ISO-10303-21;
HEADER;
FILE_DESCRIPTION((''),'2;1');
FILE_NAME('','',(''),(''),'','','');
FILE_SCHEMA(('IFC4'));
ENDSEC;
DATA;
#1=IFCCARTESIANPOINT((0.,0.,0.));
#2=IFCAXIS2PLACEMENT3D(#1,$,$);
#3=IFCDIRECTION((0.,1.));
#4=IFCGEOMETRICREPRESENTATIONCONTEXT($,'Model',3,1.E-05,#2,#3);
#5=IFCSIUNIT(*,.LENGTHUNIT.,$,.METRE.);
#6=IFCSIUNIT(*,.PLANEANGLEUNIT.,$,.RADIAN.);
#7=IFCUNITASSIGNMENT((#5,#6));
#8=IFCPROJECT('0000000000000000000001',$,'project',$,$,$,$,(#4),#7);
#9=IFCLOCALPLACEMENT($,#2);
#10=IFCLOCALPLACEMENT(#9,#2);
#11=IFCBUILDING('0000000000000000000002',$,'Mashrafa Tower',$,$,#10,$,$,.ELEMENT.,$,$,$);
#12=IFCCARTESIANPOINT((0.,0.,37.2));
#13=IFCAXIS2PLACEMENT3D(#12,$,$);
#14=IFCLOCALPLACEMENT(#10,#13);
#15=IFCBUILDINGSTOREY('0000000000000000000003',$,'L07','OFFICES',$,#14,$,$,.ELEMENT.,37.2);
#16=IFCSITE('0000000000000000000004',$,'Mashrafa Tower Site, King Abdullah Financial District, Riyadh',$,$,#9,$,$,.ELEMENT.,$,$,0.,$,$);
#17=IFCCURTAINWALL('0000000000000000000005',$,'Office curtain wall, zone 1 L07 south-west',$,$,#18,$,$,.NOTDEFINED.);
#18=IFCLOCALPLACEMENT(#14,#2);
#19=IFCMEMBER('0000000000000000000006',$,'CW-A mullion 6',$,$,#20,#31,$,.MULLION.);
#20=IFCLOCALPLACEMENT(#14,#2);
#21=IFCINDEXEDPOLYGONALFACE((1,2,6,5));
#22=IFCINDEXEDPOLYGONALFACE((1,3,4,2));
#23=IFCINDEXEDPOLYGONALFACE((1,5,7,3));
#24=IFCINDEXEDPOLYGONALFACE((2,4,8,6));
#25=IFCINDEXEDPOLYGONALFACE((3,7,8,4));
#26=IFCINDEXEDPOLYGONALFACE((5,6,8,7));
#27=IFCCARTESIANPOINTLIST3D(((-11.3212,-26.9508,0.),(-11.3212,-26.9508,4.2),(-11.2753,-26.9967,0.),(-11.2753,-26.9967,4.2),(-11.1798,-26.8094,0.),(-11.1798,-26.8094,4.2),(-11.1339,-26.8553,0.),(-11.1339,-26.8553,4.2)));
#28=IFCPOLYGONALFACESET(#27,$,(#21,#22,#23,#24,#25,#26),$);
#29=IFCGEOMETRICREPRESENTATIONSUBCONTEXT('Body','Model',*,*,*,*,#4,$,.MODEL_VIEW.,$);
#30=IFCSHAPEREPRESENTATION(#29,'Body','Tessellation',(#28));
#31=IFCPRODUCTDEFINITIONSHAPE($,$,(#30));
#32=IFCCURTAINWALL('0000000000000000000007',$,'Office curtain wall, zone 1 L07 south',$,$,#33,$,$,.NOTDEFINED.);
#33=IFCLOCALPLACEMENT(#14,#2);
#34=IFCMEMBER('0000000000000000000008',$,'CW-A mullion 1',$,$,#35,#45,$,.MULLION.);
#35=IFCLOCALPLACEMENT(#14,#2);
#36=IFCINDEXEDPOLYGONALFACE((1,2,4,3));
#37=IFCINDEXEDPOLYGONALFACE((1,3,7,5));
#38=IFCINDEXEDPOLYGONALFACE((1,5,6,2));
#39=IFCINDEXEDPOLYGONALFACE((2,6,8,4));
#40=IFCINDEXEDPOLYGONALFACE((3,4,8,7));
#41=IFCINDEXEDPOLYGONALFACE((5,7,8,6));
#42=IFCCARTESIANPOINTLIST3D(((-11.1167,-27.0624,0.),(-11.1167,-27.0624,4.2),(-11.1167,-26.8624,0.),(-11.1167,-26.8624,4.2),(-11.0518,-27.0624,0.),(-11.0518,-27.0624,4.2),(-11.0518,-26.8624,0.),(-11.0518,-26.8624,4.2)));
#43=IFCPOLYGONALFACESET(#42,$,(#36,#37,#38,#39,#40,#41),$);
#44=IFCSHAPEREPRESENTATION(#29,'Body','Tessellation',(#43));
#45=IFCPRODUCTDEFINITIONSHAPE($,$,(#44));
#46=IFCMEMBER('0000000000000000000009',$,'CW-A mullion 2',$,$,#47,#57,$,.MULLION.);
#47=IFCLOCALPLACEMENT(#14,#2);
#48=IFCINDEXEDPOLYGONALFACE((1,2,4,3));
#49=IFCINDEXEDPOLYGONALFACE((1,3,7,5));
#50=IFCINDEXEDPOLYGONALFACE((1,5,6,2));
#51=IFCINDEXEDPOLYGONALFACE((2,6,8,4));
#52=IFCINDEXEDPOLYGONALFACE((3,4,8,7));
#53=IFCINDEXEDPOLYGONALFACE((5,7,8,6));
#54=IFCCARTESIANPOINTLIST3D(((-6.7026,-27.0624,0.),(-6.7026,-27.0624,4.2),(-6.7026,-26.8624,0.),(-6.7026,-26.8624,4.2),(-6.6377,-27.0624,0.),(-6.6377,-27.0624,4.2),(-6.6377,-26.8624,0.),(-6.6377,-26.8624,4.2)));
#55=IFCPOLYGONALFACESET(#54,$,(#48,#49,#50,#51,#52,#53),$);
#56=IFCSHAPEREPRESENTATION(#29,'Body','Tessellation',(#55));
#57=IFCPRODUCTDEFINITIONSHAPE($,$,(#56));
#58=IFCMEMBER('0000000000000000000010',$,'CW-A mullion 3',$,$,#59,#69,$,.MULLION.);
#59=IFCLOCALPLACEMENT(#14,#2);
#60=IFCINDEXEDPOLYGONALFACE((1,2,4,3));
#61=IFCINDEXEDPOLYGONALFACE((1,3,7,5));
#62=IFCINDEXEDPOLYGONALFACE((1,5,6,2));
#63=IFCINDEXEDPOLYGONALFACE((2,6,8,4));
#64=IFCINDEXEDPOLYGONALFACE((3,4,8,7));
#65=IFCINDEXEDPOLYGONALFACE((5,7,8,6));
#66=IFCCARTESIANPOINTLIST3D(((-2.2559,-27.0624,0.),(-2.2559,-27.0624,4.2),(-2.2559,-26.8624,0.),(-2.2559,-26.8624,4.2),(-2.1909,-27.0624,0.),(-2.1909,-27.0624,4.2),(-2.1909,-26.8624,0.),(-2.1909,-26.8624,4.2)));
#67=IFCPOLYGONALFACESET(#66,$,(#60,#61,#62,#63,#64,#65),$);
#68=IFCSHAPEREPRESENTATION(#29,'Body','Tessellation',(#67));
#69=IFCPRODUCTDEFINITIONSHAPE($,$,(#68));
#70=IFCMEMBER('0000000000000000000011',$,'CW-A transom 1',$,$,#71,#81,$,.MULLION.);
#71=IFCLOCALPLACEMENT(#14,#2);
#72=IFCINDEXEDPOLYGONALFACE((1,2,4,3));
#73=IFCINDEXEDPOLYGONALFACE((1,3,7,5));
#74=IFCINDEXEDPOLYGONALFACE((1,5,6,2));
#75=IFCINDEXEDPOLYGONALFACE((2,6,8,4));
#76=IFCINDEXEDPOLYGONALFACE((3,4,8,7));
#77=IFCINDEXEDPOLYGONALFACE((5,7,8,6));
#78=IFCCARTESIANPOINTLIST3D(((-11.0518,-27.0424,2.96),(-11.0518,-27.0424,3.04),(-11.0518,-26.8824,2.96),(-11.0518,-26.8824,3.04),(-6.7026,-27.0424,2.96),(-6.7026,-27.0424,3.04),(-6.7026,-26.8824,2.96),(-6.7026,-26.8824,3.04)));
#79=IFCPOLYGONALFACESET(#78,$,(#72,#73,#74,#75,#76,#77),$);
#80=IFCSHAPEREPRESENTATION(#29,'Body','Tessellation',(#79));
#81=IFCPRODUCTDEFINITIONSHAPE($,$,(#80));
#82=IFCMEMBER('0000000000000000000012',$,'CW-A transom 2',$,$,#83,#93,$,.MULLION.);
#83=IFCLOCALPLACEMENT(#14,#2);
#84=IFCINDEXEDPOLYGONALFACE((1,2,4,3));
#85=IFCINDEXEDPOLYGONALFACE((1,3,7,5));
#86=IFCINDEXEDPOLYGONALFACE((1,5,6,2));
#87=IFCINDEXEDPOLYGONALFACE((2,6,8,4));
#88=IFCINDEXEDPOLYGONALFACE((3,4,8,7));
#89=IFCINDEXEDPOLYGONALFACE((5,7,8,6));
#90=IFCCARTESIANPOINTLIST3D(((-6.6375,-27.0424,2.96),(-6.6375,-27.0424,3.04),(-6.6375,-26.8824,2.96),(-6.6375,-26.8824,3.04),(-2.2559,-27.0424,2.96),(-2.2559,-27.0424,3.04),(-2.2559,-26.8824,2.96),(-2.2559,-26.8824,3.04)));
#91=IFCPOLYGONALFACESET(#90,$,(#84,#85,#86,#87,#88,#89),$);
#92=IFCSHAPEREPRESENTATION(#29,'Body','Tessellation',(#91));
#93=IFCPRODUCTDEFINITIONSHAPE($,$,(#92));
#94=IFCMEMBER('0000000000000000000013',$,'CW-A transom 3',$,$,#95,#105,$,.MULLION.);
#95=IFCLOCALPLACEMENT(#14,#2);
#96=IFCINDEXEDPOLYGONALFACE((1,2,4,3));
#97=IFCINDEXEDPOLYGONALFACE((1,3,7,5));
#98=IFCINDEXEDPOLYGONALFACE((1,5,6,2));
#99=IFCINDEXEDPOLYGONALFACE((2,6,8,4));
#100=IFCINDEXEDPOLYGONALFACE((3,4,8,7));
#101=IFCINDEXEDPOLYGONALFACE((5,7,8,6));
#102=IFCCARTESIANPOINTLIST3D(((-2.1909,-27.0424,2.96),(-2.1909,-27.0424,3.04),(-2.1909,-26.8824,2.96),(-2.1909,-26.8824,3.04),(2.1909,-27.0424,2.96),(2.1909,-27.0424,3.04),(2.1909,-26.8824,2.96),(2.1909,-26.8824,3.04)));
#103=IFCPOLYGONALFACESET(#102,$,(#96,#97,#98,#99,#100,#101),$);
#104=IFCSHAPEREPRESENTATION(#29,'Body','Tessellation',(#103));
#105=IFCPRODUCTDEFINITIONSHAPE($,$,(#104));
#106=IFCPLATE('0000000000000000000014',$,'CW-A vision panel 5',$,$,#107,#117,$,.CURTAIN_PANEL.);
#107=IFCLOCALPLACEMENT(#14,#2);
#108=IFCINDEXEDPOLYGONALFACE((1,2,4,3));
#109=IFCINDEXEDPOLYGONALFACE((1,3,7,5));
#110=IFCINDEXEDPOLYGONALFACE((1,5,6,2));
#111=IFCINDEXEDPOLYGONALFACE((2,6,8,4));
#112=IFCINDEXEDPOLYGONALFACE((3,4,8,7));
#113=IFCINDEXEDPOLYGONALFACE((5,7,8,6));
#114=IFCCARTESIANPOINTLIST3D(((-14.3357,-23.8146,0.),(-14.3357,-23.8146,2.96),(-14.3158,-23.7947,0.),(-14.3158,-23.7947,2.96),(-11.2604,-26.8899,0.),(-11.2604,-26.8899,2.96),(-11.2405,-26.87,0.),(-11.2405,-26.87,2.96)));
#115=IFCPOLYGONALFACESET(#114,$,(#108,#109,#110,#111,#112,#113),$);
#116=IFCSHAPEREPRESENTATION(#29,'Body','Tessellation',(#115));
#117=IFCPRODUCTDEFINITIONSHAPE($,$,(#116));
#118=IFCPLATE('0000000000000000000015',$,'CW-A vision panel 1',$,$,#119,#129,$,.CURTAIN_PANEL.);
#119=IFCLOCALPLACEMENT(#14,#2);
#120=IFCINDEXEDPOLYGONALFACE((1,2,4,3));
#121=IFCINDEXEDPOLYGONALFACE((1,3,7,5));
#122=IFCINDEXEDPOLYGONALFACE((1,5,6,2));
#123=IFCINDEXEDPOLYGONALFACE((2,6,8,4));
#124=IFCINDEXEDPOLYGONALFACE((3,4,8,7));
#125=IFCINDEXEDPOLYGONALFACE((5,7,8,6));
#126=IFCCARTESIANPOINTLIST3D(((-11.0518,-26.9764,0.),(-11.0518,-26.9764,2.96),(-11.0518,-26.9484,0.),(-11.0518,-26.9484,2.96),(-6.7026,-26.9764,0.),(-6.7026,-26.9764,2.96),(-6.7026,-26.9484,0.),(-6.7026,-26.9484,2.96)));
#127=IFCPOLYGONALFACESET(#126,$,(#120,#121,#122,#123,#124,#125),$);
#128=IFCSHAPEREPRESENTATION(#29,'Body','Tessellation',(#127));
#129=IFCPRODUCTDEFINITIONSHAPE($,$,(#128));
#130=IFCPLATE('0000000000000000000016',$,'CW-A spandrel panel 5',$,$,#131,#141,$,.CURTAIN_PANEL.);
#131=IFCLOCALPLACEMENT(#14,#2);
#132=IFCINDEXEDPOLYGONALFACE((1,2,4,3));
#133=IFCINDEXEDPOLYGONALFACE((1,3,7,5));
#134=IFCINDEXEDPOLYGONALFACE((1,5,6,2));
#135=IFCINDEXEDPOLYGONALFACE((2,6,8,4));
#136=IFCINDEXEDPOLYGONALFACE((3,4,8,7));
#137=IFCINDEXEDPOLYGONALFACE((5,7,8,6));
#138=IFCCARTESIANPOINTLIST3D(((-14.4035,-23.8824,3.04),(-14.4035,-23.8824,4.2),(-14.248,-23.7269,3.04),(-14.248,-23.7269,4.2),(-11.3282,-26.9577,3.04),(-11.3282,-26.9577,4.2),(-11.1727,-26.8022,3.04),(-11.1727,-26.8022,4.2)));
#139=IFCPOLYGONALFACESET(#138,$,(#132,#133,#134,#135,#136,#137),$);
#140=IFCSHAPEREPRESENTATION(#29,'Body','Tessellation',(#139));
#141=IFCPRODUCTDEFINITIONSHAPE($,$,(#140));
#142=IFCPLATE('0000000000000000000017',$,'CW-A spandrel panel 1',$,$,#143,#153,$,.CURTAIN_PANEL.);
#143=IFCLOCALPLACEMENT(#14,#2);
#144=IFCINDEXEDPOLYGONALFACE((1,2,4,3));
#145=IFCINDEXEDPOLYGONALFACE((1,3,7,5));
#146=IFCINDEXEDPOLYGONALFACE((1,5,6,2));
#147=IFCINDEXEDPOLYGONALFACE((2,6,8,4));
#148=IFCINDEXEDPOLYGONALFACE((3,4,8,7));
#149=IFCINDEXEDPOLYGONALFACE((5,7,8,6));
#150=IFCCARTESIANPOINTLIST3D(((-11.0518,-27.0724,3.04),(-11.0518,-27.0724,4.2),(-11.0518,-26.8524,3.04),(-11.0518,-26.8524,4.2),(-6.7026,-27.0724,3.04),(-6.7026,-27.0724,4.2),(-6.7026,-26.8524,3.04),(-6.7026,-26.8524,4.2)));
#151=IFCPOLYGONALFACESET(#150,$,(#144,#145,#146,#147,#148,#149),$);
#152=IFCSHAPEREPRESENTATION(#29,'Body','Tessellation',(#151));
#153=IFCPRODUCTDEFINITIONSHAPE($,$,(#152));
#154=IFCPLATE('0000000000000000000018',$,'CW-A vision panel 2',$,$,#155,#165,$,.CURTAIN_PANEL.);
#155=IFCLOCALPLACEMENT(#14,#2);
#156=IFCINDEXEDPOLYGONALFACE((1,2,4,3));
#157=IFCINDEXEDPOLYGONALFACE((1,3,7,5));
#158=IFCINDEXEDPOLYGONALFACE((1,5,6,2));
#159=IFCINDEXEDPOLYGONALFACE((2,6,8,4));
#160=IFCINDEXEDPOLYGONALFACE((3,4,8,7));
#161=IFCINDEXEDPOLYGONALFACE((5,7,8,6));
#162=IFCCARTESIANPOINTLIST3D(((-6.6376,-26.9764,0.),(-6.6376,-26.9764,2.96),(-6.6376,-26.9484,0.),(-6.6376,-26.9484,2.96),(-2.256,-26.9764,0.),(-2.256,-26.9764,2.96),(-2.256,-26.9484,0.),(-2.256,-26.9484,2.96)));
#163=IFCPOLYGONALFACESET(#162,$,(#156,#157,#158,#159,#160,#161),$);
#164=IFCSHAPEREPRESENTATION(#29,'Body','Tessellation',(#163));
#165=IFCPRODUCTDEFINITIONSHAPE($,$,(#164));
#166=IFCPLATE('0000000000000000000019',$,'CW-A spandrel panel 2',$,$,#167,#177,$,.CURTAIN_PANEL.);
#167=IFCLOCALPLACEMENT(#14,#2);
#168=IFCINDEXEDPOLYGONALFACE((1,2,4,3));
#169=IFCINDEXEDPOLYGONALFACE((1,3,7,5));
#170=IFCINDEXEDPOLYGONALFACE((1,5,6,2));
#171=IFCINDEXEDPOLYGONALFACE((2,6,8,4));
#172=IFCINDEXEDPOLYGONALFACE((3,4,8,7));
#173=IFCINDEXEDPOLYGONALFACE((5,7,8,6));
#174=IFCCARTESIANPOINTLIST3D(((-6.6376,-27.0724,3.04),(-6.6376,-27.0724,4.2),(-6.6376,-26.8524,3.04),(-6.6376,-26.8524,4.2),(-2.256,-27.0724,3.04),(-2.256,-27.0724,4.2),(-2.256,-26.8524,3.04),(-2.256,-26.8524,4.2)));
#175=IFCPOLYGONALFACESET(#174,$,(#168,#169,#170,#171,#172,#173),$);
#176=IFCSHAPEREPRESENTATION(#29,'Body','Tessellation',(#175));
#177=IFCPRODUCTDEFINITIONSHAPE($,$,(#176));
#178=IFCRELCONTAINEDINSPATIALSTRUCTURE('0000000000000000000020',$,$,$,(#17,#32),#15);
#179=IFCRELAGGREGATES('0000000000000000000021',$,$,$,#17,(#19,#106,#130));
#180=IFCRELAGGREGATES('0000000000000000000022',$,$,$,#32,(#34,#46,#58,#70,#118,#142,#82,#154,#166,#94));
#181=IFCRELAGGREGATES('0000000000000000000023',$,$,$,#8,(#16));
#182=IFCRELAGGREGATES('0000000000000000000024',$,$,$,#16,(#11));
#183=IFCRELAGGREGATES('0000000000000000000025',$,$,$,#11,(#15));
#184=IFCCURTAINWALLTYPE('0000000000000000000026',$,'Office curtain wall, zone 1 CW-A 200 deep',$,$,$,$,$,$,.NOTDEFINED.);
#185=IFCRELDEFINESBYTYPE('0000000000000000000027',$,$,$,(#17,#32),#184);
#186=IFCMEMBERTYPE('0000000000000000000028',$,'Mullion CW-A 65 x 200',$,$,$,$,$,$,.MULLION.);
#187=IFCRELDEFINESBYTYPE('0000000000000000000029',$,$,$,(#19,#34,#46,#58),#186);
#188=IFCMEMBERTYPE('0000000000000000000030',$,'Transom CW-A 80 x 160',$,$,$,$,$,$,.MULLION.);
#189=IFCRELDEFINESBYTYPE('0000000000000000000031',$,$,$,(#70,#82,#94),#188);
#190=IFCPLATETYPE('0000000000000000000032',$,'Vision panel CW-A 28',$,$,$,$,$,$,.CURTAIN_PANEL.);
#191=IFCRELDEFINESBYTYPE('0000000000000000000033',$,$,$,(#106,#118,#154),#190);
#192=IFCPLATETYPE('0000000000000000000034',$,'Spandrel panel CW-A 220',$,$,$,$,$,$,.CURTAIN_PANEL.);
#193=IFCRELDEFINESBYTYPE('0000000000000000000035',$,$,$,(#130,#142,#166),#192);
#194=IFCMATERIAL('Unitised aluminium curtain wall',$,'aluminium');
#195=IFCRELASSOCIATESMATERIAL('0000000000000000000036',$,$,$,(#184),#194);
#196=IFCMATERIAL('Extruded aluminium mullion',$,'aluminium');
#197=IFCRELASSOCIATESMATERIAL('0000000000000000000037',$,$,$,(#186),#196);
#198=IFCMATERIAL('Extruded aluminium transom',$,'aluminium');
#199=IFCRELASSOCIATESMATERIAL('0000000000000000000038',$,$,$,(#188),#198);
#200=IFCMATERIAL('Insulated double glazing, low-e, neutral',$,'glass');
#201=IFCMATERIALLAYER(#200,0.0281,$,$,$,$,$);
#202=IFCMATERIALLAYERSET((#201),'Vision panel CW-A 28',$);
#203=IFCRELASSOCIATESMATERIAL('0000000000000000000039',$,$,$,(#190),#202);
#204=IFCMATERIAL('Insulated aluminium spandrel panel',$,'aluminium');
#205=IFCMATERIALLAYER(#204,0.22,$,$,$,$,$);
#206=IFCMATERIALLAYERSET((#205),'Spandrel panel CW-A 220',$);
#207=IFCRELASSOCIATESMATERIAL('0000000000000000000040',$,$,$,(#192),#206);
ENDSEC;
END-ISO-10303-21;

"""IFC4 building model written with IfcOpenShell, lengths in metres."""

from ifc_helpers import new_model, si_unit, direction, frame, origin, origin_2d, place, context, subcontext, project, spatial, rectangle, extrude, source, transform, mapped, material, layer, layer_set, material_profile, profile_set, type_object, type_shapes, element, aggregate, save


model = new_model("IFC4")

# Units and contexts
model_context = context("Model", 3, precision=1e-05, world=origin(), true_north=direction((0.0, 1.0)))
body_context = subcontext(model_context, "Body", "Model", "MODEL_VIEW")
ifc_project = project(units=[si_unit("LENGTHUNIT", "METRE"), si_unit("PLANEANGLEUNIT", "RADIAN")], contexts=[model_context])

# Site, building, storey
site_placement = place(None, origin())
site = spatial("IfcSite", under=ifc_project, at=site_placement, Name="Mashrafa Tower Site, King Abdullah Financial District, Riyadh", CompositionType="ELEMENT", RefElevation=0.0)
building_placement = place(site_placement, origin())
building = spatial("IfcBuilding", under=site, at=building_placement, Name="Mashrafa Tower", CompositionType="ELEMENT")
storey_placement = place(building_placement, frame((0.0, 0.0, 37.2)))
storey = spatial("IfcBuildingStorey", under=building, at=storey_placement, Name="L07", Description="OFFICES", CompositionType="ELEMENT", Elevation=37.2)

# Curtain wall, member
ifc_material_1 = material(Name="Unitised aluminium curtain wall", Category="aluminium")
curtain_wall_type = type_object("IfcCurtainWallType", Name="Office curtain wall, zone 1 CW-A 200 deep", PredefinedType="NOTDEFINED", material=ifc_material_1)
curtain_wall_1_placement = place(storey_placement, origin())
curtain_wall_1 = element("IfcCurtainWall", 1, at=curtain_wall_1_placement, inside=storey, type_object=curtain_wall_type, Name="Office curtain wall, zone 1 L07 south-west", PredefinedType="NOTDEFINED")
ifc_material_2 = material(Name="Extruded aluminium mullion", Category="aluminium")
ifc_material_profile_1 = material_profile(ifc_material_2, rectangle(XDim=0.2, YDim=0.0649, at=origin_2d()), Name="Mullion 65x200")
ifc_profile_set_1 = profile_set([ifc_material_profile_1], Name="Extruded aluminium mullion")
member_type_1 = type_object("IfcMemberType", Name="Mullion CW-A 65 x 200", PredefinedType="MULLION", material=ifc_profile_set_1)
shared_shape_1 = source(origin(), body_context, "Body", "SweptSolid", [
    extrude(rectangle(XDim=0.2, YDim=0.0649, at=origin_2d()), origin(), (0.0, 0.0, 1.0), 4.2),
])
type_shapes(member_type_1, [shared_shape_1])
member_1_placement = place(storey_placement, frame((-11.2275, -26.9031, 0.0), z_axis=(0.0, 0.0, 1.0), x_axis=(0.707107, 0.707107, 0.0)))
member_1 = element("IfcMember", 2, at=member_1_placement, type_object=member_type_1, Name="CW-A mullion 6", PredefinedType="MULLION", context=body_context, shape_type="MappedRepresentation", body=[
    mapped(shared_shape_1, transform((0.0, 0.0, 0.0))),
])

# Curtain wall, members
curtain_wall_2_placement = place(storey_placement, origin())
curtain_wall_2 = element("IfcCurtainWall", 3, at=curtain_wall_2_placement, inside=storey, type_object=curtain_wall_type, Name="Office curtain wall, zone 1 L07 south", PredefinedType="NOTDEFINED")
member_2_placement = place(storey_placement, frame((-11.0842, -26.9624, 0.0), z_axis=(0.0, 0.0, 1.0), x_axis=(0.0, 1.0, 0.0)))
member_2 = element("IfcMember", 4, at=member_2_placement, type_object=member_type_1, Name="CW-A mullion 1", PredefinedType="MULLION", context=body_context, shape_type="MappedRepresentation", body=[
    mapped(shared_shape_1, transform((0.0, 0.0, 0.0))),
])
member_3_placement = place(storey_placement, frame((-6.6702, -26.9624, 0.0), z_axis=(0.0, 0.0, 1.0), x_axis=(0.0, 1.0, 0.0)))
member_3 = element("IfcMember", 5, at=member_3_placement, type_object=member_type_1, Name="CW-A mullion 2", PredefinedType="MULLION", context=body_context, shape_type="MappedRepresentation", body=[
    mapped(shared_shape_1, transform((0.0, 0.0, 0.0))),
])
member_4_placement = place(storey_placement, frame((-2.2234, -26.9624, 0.0), z_axis=(0.0, 0.0, 1.0), x_axis=(0.0, 1.0, 0.0)))
member_4 = element("IfcMember", 6, at=member_4_placement, type_object=member_type_1, Name="CW-A mullion 3", PredefinedType="MULLION", context=body_context, shape_type="MappedRepresentation", body=[
    mapped(shared_shape_1, transform((0.0, 0.0, 0.0))),
])
ifc_material_3 = material(Name="Extruded aluminium transom", Category="aluminium")
ifc_material_profile_2 = material_profile(ifc_material_3, rectangle(XDim=0.1599, YDim=0.0801, at=origin_2d()), Name="Transom 80x160")
ifc_profile_set_2 = profile_set([ifc_material_profile_2], Name="Extruded aluminium transom")
member_type_2 = type_object("IfcMemberType", Name="Transom CW-A 80 x 160", PredefinedType="MULLION", material=ifc_profile_set_2)
shared_shape_2 = source(origin(), body_context, "Body", "SweptSolid", [
    extrude(rectangle(XDim=0.1599, YDim=0.0801, at=origin_2d()), origin(), (0.0, 0.0, 1.0), 4.3491),
])
member_5_placement = place(storey_placement, frame((-11.0518, -26.9624, 3.0), z_axis=(1.0, 0.0, 0.0), x_axis=(0.0, 1.0, 0.0)))
member_5 = element("IfcMember", 7, at=member_5_placement, type_object=member_type_2, Name="CW-A transom 1", PredefinedType="MULLION", context=body_context, shape_type="MappedRepresentation", body=[
    mapped(shared_shape_2, transform((0.0, 0.0, 0.0))),
])
shared_shape_3 = source(origin(), body_context, "Body", "SweptSolid", [
    extrude(rectangle(XDim=0.1599, YDim=0.0801, at=origin_2d()), origin(), (0.0, 0.0, 1.0), 4.3816),
])
member_6_placement = place(storey_placement, frame((-6.6375, -26.9624, 3.0), z_axis=(1.0, 0.0, 0.0), x_axis=(0.0, 1.0, 0.0)))
member_6 = element("IfcMember", 8, at=member_6_placement, type_object=member_type_2, Name="CW-A transom 2", PredefinedType="MULLION", context=body_context, shape_type="MappedRepresentation", body=[
    mapped(shared_shape_3, transform((0.0, 0.0, 0.0))),
])
shared_shape_4 = source(origin(), body_context, "Body", "SweptSolid", [
    extrude(rectangle(XDim=0.1599, YDim=0.0801, at=origin_2d()), origin(), (0.0, 0.0, 1.0), 4.3818),
])
type_shapes(member_type_2, [shared_shape_2, shared_shape_3, shared_shape_4])
member_7_placement = place(storey_placement, frame((-2.1909, -26.9624, 3.0), z_axis=(1.0, 0.0, 0.0), x_axis=(0.0, 1.0, 0.0)))
member_7 = element("IfcMember", 9, at=member_7_placement, type_object=member_type_2, Name="CW-A transom 3", PredefinedType="MULLION", context=body_context, shape_type="MappedRepresentation", body=[
    mapped(shared_shape_4, transform((0.0, 0.0, 0.0))),
])

# Plates
ifc_material_4 = material(Name="Insulated double glazing, low-e, neutral", Category="glass")
ifc_layer_1 = layer(ifc_material_4, 0.0281)
ifc_layer_set_1 = layer_set([ifc_layer_1], Name="Vision panel CW-A 28")
plate_type_1 = type_object("IfcPlateType", Name="Vision panel CW-A 28", PredefinedType="CURTAIN_PANEL", material=ifc_layer_set_1)
shared_shape_5 = source(origin(), body_context, "Body", "SweptSolid", [
    extrude(rectangle(XDim=4.3491, YDim=0.0281, at=origin_2d()), origin(), (0.0, 0.0, 1.0), 2.96),
])
plate_1_placement = place(storey_placement, frame((-12.7881, -25.3423, 0.0), z_axis=(0.0, 0.0, 1.0), x_axis=(0.707107, -0.707107, 0.0)))
plate_1 = element("IfcPlate", 10, at=plate_1_placement, type_object=plate_type_1, Name="CW-A vision panel 5", PredefinedType="CURTAIN_PANEL", context=body_context, shape_type="MappedRepresentation", body=[
    mapped(shared_shape_5, transform((0.0, 0.0, 0.0))),
])
plate_2_placement = place(storey_placement, frame((-8.8772, -26.9624, 0.0), z_axis=(0.0, 0.0, 1.0), x_axis=(1.0, 0.0, 0.0)))
plate_2 = element("IfcPlate", 11, at=plate_2_placement, type_object=plate_type_1, Name="CW-A vision panel 1", PredefinedType="CURTAIN_PANEL", context=body_context, shape_type="MappedRepresentation", body=[
    mapped(shared_shape_5, transform((0.0, 0.0, 0.0))),
])
ifc_material_5 = material(Name="Insulated aluminium spandrel panel", Category="aluminium")
ifc_layer_2 = layer(ifc_material_5, 0.22)
ifc_layer_set_2 = layer_set([ifc_layer_2], Name="Spandrel panel CW-A 220")
plate_type_2 = type_object("IfcPlateType", Name="Spandrel panel CW-A 220", PredefinedType="CURTAIN_PANEL", material=ifc_layer_set_2)
shared_shape_6 = source(origin(), body_context, "Body", "SweptSolid", [
    extrude(rectangle(XDim=4.3491, YDim=0.22, at=origin_2d()), origin(), (0.0, 0.0, 1.0), 1.1599),
])
plate_3_placement = place(storey_placement, frame((-12.7881, -25.3423, 3.04), z_axis=(0.0, 0.0, 1.0), x_axis=(0.707107, -0.707107, 0.0)))
plate_3 = element("IfcPlate", 12, at=plate_3_placement, type_object=plate_type_2, Name="CW-A spandrel panel 5", PredefinedType="CURTAIN_PANEL", context=body_context, shape_type="MappedRepresentation", body=[
    mapped(shared_shape_6, transform((0.0, 0.0, 0.0))),
])
aggregate(curtain_wall_1, [member_1, plate_1, plate_3])
plate_4_placement = place(storey_placement, frame((-8.8772, -26.9624, 3.04), z_axis=(0.0, 0.0, 1.0), x_axis=(1.0, 0.0, 0.0)))
plate_4 = element("IfcPlate", 13, at=plate_4_placement, type_object=plate_type_2, Name="CW-A spandrel panel 1", PredefinedType="CURTAIN_PANEL", context=body_context, shape_type="MappedRepresentation", body=[
    mapped(shared_shape_6, transform((0.0, 0.0, 0.0))),
])
shared_shape_7 = source(origin(), body_context, "Body", "SweptSolid", [
    extrude(rectangle(XDim=4.3816, YDim=0.0281, at=origin_2d()), origin(), (0.0, 0.0, 1.0), 2.96),
])
type_shapes(plate_type_1, [shared_shape_5, shared_shape_7])
plate_5_placement = place(storey_placement, frame((-4.4468, -26.9624, 0.0), z_axis=(0.0, 0.0, 1.0), x_axis=(1.0, 0.0, 0.0)))
plate_5 = element("IfcPlate", 14, at=plate_5_placement, type_object=plate_type_1, Name="CW-A vision panel 2", PredefinedType="CURTAIN_PANEL", context=body_context, shape_type="MappedRepresentation", body=[
    mapped(shared_shape_7, transform((0.0, 0.0, 0.0))),
])
shared_shape_8 = source(origin(), body_context, "Body", "SweptSolid", [
    extrude(rectangle(XDim=4.3816, YDim=0.22, at=origin_2d()), origin(), (0.0, 0.0, 1.0), 1.1599),
])
type_shapes(plate_type_2, [shared_shape_6, shared_shape_8])
plate_6_placement = place(storey_placement, frame((-4.4468, -26.9624, 3.04), z_axis=(0.0, 0.0, 1.0), x_axis=(1.0, 0.0, 0.0)))
plate_6 = element("IfcPlate", 15, at=plate_6_placement, type_object=plate_type_2, Name="CW-A spandrel panel 2", PredefinedType="CURTAIN_PANEL", context=body_context, shape_type="MappedRepresentation", body=[
    mapped(shared_shape_8, transform((0.0, 0.0, 0.0))),
])
aggregate(curtain_wall_2, [member_2, member_3, member_4, member_5, plate_2, plate_4, member_6, plate_5, plate_6, member_7])

save(model, "model.ifc")
